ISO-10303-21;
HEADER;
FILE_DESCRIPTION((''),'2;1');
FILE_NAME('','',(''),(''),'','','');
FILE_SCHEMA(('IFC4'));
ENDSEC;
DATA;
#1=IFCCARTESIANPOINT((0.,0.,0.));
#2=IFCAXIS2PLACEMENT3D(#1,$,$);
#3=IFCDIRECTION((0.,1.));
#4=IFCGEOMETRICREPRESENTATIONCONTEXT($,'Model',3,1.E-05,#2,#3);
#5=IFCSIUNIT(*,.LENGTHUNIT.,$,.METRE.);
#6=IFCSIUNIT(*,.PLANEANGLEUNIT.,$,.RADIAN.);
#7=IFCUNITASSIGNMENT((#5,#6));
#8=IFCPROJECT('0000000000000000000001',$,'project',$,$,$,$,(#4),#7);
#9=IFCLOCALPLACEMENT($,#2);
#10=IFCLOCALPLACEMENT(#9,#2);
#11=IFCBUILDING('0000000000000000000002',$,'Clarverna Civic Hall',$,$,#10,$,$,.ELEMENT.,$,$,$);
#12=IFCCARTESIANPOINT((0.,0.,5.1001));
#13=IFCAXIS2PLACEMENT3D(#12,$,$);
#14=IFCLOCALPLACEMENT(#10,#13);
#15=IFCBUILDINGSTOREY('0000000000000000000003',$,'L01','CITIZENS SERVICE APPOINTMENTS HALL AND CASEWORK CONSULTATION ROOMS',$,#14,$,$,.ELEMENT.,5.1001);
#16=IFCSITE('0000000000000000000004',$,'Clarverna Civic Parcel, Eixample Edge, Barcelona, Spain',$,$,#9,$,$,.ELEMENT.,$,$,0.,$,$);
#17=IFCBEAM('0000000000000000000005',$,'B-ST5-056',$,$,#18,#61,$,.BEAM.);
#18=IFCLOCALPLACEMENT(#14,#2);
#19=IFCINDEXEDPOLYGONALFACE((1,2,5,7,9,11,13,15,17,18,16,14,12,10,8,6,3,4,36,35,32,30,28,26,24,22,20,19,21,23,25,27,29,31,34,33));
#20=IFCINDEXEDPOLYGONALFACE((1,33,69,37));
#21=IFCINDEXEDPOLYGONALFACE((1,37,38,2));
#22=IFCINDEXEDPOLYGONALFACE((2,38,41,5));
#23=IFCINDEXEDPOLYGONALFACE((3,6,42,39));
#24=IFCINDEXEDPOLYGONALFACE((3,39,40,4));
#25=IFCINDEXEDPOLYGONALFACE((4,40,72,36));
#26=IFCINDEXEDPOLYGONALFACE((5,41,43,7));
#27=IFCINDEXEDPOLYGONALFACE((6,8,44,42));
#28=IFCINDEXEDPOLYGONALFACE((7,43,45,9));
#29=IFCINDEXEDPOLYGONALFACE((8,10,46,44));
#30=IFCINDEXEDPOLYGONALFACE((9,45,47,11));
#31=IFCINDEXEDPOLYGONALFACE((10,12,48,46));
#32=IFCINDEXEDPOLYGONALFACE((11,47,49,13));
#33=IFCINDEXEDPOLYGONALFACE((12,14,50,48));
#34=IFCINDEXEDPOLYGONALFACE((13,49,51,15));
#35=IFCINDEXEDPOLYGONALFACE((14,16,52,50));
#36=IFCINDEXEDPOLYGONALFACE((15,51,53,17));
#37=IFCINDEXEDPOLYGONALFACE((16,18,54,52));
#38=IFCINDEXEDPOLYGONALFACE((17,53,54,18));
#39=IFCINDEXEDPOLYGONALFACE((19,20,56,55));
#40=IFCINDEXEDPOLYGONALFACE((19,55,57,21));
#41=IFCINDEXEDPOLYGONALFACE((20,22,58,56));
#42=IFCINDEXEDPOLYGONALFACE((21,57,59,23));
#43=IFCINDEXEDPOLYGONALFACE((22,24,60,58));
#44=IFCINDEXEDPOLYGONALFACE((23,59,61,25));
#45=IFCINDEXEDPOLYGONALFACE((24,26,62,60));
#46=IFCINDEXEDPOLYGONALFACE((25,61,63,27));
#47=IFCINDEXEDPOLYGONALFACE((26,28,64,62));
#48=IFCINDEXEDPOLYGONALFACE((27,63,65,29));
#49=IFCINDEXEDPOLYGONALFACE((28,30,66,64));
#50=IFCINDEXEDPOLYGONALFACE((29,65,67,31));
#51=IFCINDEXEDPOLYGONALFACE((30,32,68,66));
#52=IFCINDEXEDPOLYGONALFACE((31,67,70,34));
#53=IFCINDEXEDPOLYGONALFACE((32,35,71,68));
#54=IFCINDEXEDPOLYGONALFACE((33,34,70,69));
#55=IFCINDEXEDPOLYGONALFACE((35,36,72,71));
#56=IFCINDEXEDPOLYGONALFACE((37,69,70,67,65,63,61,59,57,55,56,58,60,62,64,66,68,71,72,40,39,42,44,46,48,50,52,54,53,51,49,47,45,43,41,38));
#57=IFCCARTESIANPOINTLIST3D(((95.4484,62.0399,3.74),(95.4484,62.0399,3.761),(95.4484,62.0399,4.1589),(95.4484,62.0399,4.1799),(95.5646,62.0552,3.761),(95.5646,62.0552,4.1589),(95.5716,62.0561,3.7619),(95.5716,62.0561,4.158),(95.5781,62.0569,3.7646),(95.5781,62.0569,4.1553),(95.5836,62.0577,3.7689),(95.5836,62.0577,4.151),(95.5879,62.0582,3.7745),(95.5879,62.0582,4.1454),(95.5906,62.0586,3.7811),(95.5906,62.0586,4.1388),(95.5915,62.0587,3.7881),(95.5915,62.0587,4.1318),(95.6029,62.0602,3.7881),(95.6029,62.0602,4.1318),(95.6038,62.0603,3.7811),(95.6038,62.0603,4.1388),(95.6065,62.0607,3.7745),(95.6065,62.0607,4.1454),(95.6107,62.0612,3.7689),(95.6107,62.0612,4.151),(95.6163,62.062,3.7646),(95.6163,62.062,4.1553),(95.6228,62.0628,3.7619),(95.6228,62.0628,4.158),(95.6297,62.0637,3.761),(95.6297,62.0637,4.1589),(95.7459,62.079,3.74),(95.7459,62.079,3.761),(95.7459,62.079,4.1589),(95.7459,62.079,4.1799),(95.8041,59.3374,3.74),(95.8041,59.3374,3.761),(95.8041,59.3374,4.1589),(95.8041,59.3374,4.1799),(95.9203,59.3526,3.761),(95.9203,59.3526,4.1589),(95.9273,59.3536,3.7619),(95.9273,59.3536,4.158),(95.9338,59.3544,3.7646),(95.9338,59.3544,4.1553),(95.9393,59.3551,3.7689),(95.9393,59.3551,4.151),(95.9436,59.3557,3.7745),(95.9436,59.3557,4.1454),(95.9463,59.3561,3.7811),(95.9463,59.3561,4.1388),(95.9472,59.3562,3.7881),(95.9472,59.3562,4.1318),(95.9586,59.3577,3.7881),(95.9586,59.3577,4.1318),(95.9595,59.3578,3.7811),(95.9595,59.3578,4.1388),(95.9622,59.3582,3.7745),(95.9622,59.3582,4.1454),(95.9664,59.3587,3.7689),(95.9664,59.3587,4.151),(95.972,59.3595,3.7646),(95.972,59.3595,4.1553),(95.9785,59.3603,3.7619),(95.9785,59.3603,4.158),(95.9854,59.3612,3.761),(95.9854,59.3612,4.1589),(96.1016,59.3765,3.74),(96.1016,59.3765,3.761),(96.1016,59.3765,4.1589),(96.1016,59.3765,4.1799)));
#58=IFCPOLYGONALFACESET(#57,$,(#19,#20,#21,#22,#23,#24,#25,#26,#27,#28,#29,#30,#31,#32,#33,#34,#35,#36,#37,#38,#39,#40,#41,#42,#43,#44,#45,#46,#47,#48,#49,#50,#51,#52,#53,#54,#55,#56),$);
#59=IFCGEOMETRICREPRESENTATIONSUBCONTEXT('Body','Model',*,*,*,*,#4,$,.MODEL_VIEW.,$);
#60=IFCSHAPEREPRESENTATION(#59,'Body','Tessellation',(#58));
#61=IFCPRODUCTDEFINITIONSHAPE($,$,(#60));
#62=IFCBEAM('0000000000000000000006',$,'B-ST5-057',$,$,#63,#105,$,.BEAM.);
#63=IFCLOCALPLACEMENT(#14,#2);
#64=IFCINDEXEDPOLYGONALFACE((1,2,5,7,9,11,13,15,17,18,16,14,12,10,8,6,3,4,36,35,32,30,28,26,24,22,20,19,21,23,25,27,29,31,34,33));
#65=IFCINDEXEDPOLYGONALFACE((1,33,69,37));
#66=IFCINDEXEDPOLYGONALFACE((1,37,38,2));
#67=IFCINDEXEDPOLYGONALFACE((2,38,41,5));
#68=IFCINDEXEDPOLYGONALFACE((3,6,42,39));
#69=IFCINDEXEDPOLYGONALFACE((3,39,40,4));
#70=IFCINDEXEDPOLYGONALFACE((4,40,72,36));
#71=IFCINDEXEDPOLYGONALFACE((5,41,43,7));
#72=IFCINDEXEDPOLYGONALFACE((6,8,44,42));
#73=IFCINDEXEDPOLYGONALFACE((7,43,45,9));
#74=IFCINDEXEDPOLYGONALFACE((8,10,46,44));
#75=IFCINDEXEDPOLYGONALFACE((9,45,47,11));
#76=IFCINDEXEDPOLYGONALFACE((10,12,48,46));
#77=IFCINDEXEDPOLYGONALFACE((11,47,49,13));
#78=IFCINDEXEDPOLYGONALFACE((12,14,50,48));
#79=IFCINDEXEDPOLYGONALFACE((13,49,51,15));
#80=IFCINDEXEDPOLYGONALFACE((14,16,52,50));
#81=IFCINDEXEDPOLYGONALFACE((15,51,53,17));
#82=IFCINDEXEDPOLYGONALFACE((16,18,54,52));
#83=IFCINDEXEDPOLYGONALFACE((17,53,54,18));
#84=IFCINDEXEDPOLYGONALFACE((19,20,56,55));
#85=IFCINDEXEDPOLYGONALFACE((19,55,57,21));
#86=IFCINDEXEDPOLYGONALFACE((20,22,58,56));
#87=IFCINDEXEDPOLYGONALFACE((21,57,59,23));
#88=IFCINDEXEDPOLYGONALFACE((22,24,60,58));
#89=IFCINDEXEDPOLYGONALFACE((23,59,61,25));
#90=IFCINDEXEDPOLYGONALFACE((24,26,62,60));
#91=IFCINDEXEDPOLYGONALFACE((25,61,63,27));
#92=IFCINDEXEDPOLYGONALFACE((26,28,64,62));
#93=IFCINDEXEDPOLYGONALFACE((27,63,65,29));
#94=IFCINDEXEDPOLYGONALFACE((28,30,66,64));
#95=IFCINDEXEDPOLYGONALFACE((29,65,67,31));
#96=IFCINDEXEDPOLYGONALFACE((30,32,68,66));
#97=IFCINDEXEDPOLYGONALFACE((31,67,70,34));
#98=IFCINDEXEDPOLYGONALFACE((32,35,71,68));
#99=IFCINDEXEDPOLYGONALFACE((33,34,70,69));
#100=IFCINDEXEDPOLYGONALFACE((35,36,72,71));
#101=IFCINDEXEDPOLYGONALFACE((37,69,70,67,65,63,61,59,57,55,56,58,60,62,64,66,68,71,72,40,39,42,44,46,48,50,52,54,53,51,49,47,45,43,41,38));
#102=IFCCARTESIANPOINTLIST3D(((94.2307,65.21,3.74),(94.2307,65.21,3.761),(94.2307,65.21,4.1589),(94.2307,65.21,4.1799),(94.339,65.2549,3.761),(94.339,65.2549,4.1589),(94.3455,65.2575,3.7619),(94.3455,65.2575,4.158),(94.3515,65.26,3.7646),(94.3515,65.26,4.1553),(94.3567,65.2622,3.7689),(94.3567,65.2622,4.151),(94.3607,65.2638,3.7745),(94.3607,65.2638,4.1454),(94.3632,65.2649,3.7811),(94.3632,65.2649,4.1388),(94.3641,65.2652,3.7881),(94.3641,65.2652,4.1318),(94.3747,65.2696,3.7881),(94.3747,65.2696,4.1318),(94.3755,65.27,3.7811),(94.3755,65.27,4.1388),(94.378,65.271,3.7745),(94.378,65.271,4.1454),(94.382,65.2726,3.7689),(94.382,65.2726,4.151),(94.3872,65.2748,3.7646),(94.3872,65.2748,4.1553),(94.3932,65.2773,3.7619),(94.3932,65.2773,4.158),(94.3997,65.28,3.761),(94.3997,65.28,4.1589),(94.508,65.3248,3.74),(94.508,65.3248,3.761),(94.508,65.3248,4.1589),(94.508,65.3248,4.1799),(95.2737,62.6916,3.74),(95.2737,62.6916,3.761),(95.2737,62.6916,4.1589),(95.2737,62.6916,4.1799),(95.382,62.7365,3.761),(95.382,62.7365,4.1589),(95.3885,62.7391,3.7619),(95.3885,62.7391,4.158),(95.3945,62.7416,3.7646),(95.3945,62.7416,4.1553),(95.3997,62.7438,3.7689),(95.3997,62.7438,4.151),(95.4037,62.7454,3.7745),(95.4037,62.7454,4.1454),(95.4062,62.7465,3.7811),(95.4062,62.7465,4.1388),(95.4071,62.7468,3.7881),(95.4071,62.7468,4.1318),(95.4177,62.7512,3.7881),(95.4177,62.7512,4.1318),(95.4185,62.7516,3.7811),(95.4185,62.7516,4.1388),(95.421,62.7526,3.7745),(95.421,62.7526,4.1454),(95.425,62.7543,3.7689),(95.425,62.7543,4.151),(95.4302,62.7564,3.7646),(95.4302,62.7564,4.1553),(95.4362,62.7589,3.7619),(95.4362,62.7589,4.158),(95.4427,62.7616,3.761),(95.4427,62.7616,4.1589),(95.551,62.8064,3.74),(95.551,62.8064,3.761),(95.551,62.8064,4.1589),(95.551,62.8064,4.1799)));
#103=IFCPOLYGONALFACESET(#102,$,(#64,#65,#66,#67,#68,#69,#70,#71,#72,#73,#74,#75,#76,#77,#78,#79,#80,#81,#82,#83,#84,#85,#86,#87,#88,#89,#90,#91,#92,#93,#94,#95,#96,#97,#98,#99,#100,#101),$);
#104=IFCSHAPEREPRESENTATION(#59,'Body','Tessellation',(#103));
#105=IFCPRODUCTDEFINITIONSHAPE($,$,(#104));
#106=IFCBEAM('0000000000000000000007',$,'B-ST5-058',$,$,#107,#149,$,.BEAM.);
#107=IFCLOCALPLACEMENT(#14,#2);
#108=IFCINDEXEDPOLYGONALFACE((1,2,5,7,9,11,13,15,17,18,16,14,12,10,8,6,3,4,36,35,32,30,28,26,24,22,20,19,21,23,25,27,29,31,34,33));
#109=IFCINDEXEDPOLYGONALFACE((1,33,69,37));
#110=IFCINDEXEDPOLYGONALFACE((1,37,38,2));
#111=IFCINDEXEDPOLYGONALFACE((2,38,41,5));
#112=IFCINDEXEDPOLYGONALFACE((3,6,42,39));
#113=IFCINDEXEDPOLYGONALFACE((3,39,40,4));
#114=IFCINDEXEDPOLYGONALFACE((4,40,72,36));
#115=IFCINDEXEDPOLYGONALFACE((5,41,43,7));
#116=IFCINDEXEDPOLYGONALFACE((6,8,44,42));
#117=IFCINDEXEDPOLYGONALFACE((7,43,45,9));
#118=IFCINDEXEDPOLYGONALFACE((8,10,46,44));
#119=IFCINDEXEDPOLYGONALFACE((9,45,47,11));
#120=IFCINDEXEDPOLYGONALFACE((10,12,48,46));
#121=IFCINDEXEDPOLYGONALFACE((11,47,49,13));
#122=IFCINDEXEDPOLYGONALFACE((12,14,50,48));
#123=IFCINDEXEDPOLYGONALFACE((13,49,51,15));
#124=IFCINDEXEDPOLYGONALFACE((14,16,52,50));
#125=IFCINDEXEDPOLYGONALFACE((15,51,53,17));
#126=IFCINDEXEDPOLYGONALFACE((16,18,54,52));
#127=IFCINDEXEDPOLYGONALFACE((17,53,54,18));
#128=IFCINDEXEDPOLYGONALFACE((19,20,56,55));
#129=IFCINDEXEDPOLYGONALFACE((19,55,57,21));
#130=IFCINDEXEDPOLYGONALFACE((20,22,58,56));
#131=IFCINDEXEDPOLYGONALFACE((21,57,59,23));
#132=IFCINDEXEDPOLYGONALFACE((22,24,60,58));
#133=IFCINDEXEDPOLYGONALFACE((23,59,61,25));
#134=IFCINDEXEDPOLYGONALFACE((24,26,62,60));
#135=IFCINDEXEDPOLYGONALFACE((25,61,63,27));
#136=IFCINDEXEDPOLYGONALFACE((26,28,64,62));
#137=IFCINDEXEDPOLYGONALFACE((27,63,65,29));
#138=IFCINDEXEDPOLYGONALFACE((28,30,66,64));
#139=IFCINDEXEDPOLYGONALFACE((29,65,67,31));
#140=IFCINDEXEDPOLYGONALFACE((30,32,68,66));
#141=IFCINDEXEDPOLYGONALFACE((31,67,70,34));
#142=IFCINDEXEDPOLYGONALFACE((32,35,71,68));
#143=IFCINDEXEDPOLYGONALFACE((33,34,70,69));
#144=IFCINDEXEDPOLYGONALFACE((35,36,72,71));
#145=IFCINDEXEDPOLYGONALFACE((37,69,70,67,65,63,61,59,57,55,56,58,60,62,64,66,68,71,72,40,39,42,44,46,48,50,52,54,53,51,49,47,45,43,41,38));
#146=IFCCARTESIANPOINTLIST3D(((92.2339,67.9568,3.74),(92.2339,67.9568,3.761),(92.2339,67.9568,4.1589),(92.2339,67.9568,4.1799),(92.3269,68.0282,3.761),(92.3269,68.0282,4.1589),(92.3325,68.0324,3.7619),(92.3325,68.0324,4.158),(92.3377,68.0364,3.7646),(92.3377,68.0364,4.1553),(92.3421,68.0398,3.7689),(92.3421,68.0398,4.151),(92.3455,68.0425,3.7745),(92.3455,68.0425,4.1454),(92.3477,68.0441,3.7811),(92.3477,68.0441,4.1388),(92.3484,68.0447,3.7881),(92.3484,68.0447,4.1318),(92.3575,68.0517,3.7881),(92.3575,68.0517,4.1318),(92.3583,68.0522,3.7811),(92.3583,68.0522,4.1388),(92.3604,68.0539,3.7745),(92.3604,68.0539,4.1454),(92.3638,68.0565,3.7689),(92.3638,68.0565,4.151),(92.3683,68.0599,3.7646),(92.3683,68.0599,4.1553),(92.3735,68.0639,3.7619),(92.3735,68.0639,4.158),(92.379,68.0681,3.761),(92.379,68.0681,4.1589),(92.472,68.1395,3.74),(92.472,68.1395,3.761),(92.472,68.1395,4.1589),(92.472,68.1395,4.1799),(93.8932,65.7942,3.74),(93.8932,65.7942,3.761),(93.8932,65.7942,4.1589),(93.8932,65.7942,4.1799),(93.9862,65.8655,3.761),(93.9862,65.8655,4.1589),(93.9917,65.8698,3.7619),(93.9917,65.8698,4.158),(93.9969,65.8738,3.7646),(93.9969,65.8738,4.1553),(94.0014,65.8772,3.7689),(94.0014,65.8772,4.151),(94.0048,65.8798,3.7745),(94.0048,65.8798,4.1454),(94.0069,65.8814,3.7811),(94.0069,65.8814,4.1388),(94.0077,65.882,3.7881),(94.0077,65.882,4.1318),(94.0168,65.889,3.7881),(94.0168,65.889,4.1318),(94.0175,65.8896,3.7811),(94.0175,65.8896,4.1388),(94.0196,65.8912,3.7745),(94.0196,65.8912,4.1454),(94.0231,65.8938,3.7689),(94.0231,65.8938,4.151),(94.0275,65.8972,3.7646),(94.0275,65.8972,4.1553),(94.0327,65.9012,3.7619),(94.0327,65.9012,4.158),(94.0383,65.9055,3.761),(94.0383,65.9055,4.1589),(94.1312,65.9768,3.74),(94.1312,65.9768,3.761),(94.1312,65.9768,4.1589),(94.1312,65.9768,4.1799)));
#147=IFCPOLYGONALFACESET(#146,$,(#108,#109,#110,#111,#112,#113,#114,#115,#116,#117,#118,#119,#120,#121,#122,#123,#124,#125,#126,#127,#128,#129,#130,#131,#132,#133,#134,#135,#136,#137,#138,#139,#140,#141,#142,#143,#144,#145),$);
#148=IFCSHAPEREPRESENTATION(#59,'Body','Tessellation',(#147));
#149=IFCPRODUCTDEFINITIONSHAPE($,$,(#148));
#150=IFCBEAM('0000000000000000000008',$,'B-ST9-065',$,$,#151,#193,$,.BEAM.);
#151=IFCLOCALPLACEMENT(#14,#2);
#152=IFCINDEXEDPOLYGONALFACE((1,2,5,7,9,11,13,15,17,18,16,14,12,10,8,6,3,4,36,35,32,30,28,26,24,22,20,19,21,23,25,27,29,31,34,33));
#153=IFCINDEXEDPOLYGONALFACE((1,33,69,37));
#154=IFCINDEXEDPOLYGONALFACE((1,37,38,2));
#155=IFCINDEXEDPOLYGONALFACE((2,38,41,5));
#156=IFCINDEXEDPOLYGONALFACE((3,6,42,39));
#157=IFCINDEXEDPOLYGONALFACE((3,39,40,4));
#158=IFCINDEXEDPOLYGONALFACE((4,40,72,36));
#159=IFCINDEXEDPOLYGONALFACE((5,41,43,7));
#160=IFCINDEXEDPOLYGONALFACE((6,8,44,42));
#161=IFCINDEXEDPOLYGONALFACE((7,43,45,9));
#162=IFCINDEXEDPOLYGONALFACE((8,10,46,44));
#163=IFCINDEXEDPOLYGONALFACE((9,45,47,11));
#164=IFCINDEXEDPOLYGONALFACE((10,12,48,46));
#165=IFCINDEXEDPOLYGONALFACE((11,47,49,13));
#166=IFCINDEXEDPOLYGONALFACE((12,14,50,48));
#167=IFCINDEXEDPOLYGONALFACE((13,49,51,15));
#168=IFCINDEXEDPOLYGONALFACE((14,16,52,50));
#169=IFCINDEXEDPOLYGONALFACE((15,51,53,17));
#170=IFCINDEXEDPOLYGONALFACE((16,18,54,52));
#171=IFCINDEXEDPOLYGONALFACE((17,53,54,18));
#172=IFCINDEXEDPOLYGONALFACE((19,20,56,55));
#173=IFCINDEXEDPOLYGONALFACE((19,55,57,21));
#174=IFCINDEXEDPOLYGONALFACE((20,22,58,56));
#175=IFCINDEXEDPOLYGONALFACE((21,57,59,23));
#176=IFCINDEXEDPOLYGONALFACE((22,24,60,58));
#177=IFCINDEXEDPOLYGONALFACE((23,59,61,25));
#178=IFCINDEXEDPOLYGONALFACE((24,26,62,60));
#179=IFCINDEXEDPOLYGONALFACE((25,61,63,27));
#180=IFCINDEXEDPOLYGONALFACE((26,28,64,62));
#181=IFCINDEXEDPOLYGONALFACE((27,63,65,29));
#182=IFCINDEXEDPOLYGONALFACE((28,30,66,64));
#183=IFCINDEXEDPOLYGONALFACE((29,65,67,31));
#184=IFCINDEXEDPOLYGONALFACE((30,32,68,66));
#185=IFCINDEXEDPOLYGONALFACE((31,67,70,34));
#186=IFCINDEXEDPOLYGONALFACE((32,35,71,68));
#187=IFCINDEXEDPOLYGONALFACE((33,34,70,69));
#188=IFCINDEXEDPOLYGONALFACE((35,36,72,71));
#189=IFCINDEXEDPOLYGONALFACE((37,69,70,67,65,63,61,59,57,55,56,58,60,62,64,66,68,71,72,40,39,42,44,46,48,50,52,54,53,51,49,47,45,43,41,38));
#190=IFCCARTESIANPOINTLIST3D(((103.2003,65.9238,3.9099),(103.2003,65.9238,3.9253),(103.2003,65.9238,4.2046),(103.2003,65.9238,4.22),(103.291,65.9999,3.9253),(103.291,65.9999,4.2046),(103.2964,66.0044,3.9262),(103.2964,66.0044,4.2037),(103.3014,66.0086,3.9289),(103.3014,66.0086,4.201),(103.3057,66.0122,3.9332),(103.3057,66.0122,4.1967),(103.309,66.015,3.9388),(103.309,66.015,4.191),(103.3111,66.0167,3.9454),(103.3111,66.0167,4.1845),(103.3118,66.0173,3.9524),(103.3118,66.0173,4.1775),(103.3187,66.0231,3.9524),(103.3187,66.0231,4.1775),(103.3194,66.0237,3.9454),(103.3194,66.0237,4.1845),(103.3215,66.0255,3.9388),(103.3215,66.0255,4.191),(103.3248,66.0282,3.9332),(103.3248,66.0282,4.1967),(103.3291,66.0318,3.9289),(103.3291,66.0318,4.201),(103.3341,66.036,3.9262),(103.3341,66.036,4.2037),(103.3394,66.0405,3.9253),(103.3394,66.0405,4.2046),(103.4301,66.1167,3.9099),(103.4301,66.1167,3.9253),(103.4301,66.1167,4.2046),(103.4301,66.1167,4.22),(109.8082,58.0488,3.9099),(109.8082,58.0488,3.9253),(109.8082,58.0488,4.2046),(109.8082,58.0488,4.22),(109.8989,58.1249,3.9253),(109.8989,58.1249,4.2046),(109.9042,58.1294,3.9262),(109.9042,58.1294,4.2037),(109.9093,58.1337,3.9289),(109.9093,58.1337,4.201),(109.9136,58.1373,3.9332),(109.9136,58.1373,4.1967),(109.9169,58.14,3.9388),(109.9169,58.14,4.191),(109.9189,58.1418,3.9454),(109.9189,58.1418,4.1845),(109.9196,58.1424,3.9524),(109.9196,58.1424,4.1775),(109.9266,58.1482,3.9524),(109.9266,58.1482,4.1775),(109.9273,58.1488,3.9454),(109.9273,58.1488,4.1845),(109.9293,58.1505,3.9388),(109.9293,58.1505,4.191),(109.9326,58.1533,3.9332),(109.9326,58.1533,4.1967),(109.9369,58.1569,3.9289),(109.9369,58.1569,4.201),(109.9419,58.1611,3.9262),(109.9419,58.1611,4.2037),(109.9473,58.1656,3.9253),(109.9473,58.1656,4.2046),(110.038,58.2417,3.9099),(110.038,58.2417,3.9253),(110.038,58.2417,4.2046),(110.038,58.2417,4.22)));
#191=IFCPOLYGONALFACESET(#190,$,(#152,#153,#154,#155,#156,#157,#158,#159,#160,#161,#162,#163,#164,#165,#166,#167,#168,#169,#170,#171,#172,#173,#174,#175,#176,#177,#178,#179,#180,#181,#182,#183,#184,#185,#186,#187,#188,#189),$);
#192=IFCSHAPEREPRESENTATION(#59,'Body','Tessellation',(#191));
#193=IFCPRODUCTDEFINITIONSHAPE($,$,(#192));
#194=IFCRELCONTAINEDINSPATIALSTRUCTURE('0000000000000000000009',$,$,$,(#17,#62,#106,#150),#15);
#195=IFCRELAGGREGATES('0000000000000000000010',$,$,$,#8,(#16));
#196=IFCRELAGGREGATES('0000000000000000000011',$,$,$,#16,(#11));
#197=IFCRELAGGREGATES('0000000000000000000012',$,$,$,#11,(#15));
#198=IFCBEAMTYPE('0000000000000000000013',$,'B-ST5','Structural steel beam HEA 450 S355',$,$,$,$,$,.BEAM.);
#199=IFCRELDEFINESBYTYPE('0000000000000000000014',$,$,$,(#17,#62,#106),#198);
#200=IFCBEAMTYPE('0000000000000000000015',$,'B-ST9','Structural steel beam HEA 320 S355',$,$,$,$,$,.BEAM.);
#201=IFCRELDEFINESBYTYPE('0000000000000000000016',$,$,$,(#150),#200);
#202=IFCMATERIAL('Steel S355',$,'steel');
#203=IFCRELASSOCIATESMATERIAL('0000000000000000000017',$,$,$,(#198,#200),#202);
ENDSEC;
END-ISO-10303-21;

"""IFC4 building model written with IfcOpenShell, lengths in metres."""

from ifc_helpers import new_model, si_unit, direction, frame, origin, origin_2d, place, context, subcontext, project, spatial, i_section, extrude, material, material_profile, profile_set, type_object, element, save


model = new_model("IFC4")

# Units and contexts
model_context = context("Model", 3, precision=1e-05, world=origin(), true_north=direction((0.0, 1.0)))
body_context = subcontext(model_context, "Body", "Model", "MODEL_VIEW")
ifc_project = project(units=[si_unit("LENGTHUNIT", "METRE"), si_unit("PLANEANGLEUNIT", "RADIAN")], contexts=[model_context])

# Site, building, storey
site_placement = place(None, origin())
site = spatial("IfcSite", under=ifc_project, at=site_placement, Name="Clarverna Civic Parcel, Eixample Edge, Barcelona, Spain", CompositionType="ELEMENT", RefElevation=0.0)
building_placement = place(site_placement, origin())
building = spatial("IfcBuilding", under=site, at=building_placement, Name="Clarverna Civic Hall", CompositionType="ELEMENT")
storey_placement = place(building_placement, frame((0.0, 0.0, 5.1001)))
storey = spatial("IfcBuildingStorey", under=building, at=storey_placement, Name="L01", Description="CITIZENS SERVICE APPOINTMENTS HALL AND CASEWORK CONSULTATION ROOMS", CompositionType="ELEMENT", Elevation=5.1001)

# Beams
ifc_material_1 = material(Name="Steel S355", Category="steel")
ifc_material_profile_1 = material_profile(ifc_material_1, i_section(OverallWidth=0.3, OverallDepth=0.4399, WebThickness=0.0115, FlangeThickness=0.021, FilletRadius=0.0271, at=origin_2d()), Name="HEA 450")
ifc_profile_set_1 = profile_set([ifc_material_profile_1], Name="Steel S355")
beam_type_1 = type_object("IfcBeamType", Name="B-ST5", Description="Structural steel beam HEA 450 S355", PredefinedType="BEAM", material=ifc_profile_set_1)
for number, where, z_axis, x_axis, name in (
    (1, (95.9529, 59.3569, 3.96), (-0.130492, 0.991449, 0.0), (-0.991449, -0.130492, 0.0), "B-ST5-056"),
    (2, (95.4124, 62.749, 3.96), (-0.382637, 0.923899, 0.0), (-0.923899, -0.382637, 0.0), "B-ST5-057"),
    (3, (94.0122, 65.8855, 3.96), (-0.608706, 0.793396, 0.0), (-0.793396, -0.608706, 0.0), "B-ST5-058"),
):
    element("IfcBeam", number, at=place(storey_placement, frame(where, z_axis=z_axis, x_axis=x_axis)), inside=storey, type_object=beam_type_1, Name=name, PredefinedType="BEAM", context=body_context, shape_type="SweptSolid", body=[
        extrude(i_section(OverallWidth=0.3, OverallDepth=0.4399, WebThickness=0.0115, FlangeThickness=0.021, FilletRadius=0.0271, at=origin_2d()), origin(), (0.0, 0.0, 1.0), 2.7258),
    ])
ifc_material_profile_2 = material_profile(ifc_material_1, i_section(OverallWidth=0.3, OverallDepth=0.3101, WebThickness=0.009, FlangeThickness=0.0154, FilletRadius=0.0271, at=origin_2d()), Name="HEA 320")
ifc_profile_set_2 = profile_set([ifc_material_profile_2], Name="Steel S355")
beam_type_2 = type_object("IfcBeamType", Name="B-ST9", Description="Structural steel beam HEA 320 S355", PredefinedType="BEAM", material=ifc_profile_set_2)
beam_placement = place(storey_placement, frame((109.9231, 58.1453, 4.0649), z_axis=(-0.642788, 0.766044, 0.0), x_axis=(-0.766044, -0.642788, 0.0)))
element("IfcBeam", 4, at=beam_placement, inside=storey, type_object=beam_type_2, Name="B-ST9-065", PredefinedType="BEAM", context=body_context, shape_type="SweptSolid", body=[
    extrude(i_section(OverallWidth=0.3, OverallDepth=0.3101, WebThickness=0.009, FlangeThickness=0.0154, FilletRadius=0.0271, at=origin_2d()), origin(), (0.0, 0.0, 1.0), 10.28),
])

save(model, "model.ifc")
